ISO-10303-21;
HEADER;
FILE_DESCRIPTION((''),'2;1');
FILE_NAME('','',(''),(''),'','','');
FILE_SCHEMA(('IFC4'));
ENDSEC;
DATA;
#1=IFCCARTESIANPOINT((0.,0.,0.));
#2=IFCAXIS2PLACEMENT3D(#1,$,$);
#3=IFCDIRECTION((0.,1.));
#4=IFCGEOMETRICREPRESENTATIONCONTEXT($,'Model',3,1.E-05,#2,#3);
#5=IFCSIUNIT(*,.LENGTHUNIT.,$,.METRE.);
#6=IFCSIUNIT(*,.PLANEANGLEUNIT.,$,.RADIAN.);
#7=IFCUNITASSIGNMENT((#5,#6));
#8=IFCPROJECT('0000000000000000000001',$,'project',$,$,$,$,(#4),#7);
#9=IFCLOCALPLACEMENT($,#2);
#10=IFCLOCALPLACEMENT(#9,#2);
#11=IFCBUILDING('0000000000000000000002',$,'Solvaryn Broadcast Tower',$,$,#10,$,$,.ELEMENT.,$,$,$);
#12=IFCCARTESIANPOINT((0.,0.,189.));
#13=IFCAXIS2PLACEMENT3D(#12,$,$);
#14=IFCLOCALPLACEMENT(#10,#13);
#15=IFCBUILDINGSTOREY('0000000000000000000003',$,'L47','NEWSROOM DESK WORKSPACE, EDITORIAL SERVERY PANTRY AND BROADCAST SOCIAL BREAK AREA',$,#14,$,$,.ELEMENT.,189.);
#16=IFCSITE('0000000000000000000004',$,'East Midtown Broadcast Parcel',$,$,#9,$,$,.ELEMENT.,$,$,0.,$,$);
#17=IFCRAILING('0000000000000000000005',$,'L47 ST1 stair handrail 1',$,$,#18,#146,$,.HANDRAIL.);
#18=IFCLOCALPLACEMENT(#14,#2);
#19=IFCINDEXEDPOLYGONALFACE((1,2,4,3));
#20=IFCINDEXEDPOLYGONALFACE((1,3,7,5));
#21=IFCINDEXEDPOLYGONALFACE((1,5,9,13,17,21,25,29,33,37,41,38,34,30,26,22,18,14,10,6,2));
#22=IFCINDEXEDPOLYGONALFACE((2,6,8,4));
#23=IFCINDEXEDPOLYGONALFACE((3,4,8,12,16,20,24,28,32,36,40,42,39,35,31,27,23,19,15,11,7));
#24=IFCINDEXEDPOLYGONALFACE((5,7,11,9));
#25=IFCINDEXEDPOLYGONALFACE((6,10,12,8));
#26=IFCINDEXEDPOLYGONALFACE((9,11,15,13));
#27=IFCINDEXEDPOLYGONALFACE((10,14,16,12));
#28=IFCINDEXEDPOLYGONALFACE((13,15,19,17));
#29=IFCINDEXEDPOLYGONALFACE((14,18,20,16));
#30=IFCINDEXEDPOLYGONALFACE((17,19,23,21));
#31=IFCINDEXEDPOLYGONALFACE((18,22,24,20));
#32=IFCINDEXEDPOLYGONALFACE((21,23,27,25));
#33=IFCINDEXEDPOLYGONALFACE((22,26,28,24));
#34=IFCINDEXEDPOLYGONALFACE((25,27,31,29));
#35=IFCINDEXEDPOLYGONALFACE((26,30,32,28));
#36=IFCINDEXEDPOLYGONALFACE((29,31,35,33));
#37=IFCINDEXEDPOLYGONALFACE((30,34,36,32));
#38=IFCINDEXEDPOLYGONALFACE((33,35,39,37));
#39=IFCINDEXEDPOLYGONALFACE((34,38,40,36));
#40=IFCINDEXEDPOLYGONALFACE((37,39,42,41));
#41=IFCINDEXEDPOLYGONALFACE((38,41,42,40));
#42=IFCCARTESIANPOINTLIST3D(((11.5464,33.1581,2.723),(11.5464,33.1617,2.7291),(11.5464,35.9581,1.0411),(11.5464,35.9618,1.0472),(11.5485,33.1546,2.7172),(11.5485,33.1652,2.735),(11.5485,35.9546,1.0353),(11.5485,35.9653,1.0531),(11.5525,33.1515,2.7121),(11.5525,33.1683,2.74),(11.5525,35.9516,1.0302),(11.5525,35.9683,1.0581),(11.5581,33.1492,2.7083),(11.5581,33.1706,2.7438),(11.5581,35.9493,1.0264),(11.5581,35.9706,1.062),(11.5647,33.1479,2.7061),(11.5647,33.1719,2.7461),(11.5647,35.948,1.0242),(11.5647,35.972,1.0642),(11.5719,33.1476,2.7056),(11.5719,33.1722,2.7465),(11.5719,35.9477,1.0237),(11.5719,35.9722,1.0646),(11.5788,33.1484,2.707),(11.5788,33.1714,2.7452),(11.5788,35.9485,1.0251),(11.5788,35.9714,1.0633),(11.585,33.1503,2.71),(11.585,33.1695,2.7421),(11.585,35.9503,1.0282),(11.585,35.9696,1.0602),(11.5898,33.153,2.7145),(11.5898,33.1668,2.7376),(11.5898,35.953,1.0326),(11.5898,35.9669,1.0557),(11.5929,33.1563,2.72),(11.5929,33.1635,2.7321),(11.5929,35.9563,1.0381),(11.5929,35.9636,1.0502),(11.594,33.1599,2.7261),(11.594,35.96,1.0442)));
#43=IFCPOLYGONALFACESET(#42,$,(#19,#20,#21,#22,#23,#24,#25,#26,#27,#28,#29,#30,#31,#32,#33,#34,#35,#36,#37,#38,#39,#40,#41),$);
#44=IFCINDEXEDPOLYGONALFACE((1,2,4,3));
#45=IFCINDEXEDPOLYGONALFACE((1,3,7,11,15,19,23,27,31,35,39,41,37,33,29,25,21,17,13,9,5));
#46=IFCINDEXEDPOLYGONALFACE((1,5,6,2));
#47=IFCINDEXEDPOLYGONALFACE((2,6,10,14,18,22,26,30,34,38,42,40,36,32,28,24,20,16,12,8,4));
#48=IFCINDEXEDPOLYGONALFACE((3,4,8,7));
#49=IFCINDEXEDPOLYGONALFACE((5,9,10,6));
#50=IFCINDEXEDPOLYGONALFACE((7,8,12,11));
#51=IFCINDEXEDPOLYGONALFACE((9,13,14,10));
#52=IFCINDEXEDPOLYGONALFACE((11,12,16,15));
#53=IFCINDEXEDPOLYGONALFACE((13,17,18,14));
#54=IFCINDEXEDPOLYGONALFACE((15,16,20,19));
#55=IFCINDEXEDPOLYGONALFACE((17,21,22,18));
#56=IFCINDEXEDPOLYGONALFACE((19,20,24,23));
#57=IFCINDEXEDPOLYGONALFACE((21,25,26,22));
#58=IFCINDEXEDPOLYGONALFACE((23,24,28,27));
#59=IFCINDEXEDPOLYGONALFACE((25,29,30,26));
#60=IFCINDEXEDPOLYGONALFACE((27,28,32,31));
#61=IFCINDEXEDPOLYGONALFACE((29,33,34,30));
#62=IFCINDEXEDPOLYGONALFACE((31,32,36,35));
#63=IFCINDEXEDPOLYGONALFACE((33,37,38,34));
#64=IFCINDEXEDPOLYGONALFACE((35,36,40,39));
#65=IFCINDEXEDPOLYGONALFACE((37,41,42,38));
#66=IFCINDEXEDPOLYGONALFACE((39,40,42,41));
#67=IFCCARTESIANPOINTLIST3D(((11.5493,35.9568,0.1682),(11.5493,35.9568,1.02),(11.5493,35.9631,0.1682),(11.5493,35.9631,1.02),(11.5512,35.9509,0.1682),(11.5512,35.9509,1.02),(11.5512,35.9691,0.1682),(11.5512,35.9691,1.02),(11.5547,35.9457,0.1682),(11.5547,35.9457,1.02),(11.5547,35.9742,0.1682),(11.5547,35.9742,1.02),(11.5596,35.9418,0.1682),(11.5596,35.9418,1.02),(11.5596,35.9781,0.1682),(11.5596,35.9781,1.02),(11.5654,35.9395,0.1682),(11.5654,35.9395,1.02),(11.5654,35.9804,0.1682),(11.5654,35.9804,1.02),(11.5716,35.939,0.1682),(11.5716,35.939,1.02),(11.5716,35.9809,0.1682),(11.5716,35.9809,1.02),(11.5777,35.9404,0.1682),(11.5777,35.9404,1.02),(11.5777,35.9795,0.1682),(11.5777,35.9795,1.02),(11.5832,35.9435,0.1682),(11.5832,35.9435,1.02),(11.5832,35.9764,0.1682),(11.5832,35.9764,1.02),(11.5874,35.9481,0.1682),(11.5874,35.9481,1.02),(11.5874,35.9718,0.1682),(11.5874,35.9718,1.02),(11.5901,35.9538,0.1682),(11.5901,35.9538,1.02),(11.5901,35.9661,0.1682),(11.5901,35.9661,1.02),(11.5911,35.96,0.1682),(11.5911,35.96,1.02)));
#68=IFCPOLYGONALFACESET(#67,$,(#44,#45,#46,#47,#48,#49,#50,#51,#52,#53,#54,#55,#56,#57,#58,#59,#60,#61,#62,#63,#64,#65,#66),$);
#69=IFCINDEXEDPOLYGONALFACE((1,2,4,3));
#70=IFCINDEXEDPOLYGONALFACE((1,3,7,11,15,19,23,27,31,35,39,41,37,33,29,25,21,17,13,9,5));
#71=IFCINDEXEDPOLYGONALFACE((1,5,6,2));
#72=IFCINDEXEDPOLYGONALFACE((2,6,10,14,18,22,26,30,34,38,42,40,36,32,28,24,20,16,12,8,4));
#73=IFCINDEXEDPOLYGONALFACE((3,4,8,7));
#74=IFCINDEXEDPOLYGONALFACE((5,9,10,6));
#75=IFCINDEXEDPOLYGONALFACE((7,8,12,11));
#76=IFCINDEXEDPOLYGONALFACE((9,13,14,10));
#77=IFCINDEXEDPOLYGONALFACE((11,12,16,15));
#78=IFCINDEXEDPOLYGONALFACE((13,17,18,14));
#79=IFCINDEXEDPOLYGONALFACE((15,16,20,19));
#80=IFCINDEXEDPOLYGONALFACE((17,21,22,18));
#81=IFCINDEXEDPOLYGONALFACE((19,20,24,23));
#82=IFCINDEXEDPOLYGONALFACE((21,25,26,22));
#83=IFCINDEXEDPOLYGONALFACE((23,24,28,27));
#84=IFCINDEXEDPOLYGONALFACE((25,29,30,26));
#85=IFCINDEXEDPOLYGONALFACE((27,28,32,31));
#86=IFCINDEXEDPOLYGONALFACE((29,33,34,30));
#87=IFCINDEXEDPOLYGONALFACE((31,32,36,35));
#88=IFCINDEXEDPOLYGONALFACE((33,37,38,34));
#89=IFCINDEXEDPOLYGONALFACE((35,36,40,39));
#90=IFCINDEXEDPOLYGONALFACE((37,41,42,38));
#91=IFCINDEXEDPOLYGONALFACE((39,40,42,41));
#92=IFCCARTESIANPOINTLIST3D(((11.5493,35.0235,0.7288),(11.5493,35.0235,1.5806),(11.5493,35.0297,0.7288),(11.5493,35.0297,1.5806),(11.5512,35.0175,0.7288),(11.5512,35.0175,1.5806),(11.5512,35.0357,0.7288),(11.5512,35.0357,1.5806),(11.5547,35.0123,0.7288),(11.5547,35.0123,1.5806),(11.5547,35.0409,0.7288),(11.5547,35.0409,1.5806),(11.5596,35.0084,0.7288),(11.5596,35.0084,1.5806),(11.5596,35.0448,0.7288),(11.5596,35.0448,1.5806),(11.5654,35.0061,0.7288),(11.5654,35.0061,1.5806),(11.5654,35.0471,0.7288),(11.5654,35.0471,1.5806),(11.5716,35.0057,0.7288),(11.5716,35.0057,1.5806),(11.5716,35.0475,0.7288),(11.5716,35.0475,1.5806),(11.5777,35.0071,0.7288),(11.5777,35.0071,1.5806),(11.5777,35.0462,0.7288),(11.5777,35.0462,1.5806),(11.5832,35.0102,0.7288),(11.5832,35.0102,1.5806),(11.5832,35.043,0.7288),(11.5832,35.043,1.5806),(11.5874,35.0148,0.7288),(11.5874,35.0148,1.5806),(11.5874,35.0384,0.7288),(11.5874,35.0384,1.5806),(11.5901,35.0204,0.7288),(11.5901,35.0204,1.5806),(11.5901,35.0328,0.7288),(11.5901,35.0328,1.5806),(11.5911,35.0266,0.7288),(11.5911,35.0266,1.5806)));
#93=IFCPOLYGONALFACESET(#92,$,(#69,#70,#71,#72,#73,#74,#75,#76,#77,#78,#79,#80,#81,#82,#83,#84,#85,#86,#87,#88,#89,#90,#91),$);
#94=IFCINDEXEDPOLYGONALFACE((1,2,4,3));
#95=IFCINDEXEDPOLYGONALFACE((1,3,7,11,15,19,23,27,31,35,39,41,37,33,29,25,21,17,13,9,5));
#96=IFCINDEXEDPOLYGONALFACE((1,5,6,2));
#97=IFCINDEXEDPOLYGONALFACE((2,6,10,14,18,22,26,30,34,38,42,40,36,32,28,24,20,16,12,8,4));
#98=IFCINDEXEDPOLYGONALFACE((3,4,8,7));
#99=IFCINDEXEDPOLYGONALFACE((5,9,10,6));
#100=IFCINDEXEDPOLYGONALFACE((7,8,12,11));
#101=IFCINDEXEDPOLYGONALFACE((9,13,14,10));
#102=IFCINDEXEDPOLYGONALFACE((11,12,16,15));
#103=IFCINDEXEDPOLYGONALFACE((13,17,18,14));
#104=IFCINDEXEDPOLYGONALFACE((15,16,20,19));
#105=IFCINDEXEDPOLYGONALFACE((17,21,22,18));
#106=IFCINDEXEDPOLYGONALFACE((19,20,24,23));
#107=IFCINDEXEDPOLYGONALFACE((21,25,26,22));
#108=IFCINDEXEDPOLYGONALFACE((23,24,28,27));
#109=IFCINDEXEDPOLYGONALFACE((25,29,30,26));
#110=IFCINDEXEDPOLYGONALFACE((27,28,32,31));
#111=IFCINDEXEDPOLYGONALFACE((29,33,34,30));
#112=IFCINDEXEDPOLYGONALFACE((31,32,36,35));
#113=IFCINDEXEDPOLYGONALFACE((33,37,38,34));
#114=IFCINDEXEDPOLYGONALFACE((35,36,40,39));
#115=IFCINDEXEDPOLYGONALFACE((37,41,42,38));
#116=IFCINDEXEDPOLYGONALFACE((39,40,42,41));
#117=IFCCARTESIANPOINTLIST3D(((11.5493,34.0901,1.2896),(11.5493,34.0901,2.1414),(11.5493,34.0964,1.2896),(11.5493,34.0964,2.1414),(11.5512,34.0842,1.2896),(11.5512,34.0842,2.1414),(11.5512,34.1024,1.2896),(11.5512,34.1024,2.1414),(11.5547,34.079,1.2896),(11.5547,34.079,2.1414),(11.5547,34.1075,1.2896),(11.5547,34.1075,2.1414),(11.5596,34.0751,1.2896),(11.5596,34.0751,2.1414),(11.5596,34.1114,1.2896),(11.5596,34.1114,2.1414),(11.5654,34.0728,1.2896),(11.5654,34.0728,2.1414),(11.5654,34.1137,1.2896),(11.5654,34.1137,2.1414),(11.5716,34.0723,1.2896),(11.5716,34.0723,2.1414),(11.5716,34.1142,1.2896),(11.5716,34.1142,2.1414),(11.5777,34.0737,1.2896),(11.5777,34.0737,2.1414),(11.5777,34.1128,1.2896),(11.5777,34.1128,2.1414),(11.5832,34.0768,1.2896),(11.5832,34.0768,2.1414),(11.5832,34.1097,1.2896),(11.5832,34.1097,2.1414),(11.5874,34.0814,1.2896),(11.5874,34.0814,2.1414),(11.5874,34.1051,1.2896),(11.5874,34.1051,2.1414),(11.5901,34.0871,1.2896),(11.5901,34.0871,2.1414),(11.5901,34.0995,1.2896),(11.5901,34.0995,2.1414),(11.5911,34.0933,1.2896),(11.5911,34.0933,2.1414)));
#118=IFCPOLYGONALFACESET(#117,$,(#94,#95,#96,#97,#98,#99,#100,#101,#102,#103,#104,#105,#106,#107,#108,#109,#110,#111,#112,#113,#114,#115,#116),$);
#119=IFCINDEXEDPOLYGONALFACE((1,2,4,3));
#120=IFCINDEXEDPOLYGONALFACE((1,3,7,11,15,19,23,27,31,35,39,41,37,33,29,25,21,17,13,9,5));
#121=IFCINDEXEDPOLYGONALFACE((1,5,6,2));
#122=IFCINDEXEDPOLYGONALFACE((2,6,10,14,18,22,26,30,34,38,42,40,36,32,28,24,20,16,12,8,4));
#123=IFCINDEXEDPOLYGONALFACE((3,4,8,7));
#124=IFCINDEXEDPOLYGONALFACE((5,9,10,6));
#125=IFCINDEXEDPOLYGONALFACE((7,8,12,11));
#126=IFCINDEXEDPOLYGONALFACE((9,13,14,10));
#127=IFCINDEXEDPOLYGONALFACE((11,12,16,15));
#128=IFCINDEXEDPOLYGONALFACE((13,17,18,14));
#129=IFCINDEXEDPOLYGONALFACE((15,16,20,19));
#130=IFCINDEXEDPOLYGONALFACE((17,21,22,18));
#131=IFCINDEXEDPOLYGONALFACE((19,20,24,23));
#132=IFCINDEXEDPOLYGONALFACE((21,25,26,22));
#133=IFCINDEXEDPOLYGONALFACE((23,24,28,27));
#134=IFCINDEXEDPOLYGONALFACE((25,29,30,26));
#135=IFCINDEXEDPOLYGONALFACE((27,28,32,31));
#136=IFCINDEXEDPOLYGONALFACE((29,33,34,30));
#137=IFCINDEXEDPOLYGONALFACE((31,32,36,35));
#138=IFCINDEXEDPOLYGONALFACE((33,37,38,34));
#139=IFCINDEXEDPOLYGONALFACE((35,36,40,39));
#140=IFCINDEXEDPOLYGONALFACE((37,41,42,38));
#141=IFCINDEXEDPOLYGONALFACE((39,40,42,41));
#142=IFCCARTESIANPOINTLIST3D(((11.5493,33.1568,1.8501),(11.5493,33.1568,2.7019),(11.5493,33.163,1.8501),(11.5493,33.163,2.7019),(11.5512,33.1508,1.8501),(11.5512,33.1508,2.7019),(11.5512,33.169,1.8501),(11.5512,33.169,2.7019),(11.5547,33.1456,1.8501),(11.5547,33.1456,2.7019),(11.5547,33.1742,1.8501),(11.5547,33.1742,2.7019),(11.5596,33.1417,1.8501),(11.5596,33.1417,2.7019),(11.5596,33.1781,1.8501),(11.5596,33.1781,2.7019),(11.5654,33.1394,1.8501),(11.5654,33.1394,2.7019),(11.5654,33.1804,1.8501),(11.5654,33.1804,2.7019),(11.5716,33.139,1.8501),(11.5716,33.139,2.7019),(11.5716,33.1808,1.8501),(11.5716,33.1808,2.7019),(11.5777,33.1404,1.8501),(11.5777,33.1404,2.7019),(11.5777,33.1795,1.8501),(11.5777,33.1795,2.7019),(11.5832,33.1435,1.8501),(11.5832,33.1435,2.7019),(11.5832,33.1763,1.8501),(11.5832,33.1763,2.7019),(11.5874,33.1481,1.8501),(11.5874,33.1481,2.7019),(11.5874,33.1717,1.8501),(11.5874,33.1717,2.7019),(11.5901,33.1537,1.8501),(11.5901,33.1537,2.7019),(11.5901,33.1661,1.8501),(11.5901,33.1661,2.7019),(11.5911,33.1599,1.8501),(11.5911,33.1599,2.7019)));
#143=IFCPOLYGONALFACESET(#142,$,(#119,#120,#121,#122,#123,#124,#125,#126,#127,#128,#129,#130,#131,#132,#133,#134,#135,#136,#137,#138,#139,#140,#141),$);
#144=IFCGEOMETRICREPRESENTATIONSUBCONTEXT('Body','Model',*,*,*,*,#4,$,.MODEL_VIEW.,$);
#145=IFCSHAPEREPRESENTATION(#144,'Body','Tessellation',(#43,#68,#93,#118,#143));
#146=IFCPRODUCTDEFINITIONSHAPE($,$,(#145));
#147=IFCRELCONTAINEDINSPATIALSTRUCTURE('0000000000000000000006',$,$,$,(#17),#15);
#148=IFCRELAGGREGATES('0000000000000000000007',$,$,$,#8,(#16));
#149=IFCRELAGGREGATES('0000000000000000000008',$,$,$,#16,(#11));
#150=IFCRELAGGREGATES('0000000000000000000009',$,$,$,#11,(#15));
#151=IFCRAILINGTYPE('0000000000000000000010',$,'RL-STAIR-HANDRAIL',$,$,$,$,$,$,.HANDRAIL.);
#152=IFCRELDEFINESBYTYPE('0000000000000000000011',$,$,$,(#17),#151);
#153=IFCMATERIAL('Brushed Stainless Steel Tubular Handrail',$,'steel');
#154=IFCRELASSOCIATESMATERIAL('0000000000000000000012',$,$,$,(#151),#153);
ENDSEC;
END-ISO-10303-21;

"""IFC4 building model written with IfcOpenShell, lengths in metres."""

from ifc_helpers import new_model, si_unit, direction, frame, origin, origin_2d, place, context, subcontext, project, spatial, circle, extrude, material, type_object, element, save


model = new_model("IFC4")

# Units and contexts
model_context = context("Model", 3, precision=1e-05, world=origin(), true_north=direction((0.0, 1.0)))
body_context = subcontext(model_context, "Body", "Model", "MODEL_VIEW")
ifc_project = project(units=[si_unit("LENGTHUNIT", "METRE"), si_unit("PLANEANGLEUNIT", "RADIAN")], contexts=[model_context])

# Site, building, storey
site_placement = place(None, origin())
site = spatial("IfcSite", under=ifc_project, at=site_placement, Name="East Midtown Broadcast Parcel", CompositionType="ELEMENT", RefElevation=0.0)
building_placement = place(site_placement, origin())
building = spatial("IfcBuilding", under=site, at=building_placement, Name="Solvaryn Broadcast Tower", CompositionType="ELEMENT")
storey_placement = place(building_placement, frame((0.0, 0.0, 189.0)))
storey = spatial("IfcBuildingStorey", under=building, at=storey_placement, Name="L47", Description="NEWSROOM DESK WORKSPACE, EDITORIAL SERVERY PANTRY AND BROADCAST SOCIAL BREAK AREA", CompositionType="ELEMENT", Elevation=189.0)

# Railing
ifc_material_1 = material(Name="Brushed Stainless Steel Tubular Handrail", Category="steel")
railing_type_1 = type_object("IfcRailingType", Name="RL-STAIR-HANDRAIL", PredefinedType="HANDRAIL", material=ifc_material_1)
railing_1_placement = place(storey_placement, frame((11.5701, 35.96, 0.1682)))
element("IfcRailing", 1, at=railing_1_placement, inside=storey, type_object=railing_type_1, Name="L47 ST1 stair handrail 1", PredefinedType="HANDRAIL", context=body_context, shape_type="SweptSolid", body=[
    extrude(circle(Radius=0.0239, at=origin_2d()), frame((0.0, 0.0, 0.876), z_axis=(0.0, -0.857242, 0.514913), x_axis=(1.0, 0.0, 0.0)), (0.0, 0.0, 1.0), 3.2664),
    extrude(circle(Radius=0.021, at=origin_2d()), origin(), (0.0, 0.0, 1.0), 0.8518),
    extrude(circle(Radius=0.021, at=origin_2d()), frame((0.0, -0.9333, 0.5605)), (0.0, 0.0, 1.0), 0.8518),
    extrude(circle(Radius=0.021, at=origin_2d()), frame((0.0, -1.8667, 1.1213)), (0.0, 0.0, 1.0), 0.8518),
    extrude(circle(Radius=0.021, at=origin_2d()), frame((0.0, -2.8, 1.6819)), (0.0, 0.0, 1.0), 0.8518),
])

save(model, "model.ifc")
